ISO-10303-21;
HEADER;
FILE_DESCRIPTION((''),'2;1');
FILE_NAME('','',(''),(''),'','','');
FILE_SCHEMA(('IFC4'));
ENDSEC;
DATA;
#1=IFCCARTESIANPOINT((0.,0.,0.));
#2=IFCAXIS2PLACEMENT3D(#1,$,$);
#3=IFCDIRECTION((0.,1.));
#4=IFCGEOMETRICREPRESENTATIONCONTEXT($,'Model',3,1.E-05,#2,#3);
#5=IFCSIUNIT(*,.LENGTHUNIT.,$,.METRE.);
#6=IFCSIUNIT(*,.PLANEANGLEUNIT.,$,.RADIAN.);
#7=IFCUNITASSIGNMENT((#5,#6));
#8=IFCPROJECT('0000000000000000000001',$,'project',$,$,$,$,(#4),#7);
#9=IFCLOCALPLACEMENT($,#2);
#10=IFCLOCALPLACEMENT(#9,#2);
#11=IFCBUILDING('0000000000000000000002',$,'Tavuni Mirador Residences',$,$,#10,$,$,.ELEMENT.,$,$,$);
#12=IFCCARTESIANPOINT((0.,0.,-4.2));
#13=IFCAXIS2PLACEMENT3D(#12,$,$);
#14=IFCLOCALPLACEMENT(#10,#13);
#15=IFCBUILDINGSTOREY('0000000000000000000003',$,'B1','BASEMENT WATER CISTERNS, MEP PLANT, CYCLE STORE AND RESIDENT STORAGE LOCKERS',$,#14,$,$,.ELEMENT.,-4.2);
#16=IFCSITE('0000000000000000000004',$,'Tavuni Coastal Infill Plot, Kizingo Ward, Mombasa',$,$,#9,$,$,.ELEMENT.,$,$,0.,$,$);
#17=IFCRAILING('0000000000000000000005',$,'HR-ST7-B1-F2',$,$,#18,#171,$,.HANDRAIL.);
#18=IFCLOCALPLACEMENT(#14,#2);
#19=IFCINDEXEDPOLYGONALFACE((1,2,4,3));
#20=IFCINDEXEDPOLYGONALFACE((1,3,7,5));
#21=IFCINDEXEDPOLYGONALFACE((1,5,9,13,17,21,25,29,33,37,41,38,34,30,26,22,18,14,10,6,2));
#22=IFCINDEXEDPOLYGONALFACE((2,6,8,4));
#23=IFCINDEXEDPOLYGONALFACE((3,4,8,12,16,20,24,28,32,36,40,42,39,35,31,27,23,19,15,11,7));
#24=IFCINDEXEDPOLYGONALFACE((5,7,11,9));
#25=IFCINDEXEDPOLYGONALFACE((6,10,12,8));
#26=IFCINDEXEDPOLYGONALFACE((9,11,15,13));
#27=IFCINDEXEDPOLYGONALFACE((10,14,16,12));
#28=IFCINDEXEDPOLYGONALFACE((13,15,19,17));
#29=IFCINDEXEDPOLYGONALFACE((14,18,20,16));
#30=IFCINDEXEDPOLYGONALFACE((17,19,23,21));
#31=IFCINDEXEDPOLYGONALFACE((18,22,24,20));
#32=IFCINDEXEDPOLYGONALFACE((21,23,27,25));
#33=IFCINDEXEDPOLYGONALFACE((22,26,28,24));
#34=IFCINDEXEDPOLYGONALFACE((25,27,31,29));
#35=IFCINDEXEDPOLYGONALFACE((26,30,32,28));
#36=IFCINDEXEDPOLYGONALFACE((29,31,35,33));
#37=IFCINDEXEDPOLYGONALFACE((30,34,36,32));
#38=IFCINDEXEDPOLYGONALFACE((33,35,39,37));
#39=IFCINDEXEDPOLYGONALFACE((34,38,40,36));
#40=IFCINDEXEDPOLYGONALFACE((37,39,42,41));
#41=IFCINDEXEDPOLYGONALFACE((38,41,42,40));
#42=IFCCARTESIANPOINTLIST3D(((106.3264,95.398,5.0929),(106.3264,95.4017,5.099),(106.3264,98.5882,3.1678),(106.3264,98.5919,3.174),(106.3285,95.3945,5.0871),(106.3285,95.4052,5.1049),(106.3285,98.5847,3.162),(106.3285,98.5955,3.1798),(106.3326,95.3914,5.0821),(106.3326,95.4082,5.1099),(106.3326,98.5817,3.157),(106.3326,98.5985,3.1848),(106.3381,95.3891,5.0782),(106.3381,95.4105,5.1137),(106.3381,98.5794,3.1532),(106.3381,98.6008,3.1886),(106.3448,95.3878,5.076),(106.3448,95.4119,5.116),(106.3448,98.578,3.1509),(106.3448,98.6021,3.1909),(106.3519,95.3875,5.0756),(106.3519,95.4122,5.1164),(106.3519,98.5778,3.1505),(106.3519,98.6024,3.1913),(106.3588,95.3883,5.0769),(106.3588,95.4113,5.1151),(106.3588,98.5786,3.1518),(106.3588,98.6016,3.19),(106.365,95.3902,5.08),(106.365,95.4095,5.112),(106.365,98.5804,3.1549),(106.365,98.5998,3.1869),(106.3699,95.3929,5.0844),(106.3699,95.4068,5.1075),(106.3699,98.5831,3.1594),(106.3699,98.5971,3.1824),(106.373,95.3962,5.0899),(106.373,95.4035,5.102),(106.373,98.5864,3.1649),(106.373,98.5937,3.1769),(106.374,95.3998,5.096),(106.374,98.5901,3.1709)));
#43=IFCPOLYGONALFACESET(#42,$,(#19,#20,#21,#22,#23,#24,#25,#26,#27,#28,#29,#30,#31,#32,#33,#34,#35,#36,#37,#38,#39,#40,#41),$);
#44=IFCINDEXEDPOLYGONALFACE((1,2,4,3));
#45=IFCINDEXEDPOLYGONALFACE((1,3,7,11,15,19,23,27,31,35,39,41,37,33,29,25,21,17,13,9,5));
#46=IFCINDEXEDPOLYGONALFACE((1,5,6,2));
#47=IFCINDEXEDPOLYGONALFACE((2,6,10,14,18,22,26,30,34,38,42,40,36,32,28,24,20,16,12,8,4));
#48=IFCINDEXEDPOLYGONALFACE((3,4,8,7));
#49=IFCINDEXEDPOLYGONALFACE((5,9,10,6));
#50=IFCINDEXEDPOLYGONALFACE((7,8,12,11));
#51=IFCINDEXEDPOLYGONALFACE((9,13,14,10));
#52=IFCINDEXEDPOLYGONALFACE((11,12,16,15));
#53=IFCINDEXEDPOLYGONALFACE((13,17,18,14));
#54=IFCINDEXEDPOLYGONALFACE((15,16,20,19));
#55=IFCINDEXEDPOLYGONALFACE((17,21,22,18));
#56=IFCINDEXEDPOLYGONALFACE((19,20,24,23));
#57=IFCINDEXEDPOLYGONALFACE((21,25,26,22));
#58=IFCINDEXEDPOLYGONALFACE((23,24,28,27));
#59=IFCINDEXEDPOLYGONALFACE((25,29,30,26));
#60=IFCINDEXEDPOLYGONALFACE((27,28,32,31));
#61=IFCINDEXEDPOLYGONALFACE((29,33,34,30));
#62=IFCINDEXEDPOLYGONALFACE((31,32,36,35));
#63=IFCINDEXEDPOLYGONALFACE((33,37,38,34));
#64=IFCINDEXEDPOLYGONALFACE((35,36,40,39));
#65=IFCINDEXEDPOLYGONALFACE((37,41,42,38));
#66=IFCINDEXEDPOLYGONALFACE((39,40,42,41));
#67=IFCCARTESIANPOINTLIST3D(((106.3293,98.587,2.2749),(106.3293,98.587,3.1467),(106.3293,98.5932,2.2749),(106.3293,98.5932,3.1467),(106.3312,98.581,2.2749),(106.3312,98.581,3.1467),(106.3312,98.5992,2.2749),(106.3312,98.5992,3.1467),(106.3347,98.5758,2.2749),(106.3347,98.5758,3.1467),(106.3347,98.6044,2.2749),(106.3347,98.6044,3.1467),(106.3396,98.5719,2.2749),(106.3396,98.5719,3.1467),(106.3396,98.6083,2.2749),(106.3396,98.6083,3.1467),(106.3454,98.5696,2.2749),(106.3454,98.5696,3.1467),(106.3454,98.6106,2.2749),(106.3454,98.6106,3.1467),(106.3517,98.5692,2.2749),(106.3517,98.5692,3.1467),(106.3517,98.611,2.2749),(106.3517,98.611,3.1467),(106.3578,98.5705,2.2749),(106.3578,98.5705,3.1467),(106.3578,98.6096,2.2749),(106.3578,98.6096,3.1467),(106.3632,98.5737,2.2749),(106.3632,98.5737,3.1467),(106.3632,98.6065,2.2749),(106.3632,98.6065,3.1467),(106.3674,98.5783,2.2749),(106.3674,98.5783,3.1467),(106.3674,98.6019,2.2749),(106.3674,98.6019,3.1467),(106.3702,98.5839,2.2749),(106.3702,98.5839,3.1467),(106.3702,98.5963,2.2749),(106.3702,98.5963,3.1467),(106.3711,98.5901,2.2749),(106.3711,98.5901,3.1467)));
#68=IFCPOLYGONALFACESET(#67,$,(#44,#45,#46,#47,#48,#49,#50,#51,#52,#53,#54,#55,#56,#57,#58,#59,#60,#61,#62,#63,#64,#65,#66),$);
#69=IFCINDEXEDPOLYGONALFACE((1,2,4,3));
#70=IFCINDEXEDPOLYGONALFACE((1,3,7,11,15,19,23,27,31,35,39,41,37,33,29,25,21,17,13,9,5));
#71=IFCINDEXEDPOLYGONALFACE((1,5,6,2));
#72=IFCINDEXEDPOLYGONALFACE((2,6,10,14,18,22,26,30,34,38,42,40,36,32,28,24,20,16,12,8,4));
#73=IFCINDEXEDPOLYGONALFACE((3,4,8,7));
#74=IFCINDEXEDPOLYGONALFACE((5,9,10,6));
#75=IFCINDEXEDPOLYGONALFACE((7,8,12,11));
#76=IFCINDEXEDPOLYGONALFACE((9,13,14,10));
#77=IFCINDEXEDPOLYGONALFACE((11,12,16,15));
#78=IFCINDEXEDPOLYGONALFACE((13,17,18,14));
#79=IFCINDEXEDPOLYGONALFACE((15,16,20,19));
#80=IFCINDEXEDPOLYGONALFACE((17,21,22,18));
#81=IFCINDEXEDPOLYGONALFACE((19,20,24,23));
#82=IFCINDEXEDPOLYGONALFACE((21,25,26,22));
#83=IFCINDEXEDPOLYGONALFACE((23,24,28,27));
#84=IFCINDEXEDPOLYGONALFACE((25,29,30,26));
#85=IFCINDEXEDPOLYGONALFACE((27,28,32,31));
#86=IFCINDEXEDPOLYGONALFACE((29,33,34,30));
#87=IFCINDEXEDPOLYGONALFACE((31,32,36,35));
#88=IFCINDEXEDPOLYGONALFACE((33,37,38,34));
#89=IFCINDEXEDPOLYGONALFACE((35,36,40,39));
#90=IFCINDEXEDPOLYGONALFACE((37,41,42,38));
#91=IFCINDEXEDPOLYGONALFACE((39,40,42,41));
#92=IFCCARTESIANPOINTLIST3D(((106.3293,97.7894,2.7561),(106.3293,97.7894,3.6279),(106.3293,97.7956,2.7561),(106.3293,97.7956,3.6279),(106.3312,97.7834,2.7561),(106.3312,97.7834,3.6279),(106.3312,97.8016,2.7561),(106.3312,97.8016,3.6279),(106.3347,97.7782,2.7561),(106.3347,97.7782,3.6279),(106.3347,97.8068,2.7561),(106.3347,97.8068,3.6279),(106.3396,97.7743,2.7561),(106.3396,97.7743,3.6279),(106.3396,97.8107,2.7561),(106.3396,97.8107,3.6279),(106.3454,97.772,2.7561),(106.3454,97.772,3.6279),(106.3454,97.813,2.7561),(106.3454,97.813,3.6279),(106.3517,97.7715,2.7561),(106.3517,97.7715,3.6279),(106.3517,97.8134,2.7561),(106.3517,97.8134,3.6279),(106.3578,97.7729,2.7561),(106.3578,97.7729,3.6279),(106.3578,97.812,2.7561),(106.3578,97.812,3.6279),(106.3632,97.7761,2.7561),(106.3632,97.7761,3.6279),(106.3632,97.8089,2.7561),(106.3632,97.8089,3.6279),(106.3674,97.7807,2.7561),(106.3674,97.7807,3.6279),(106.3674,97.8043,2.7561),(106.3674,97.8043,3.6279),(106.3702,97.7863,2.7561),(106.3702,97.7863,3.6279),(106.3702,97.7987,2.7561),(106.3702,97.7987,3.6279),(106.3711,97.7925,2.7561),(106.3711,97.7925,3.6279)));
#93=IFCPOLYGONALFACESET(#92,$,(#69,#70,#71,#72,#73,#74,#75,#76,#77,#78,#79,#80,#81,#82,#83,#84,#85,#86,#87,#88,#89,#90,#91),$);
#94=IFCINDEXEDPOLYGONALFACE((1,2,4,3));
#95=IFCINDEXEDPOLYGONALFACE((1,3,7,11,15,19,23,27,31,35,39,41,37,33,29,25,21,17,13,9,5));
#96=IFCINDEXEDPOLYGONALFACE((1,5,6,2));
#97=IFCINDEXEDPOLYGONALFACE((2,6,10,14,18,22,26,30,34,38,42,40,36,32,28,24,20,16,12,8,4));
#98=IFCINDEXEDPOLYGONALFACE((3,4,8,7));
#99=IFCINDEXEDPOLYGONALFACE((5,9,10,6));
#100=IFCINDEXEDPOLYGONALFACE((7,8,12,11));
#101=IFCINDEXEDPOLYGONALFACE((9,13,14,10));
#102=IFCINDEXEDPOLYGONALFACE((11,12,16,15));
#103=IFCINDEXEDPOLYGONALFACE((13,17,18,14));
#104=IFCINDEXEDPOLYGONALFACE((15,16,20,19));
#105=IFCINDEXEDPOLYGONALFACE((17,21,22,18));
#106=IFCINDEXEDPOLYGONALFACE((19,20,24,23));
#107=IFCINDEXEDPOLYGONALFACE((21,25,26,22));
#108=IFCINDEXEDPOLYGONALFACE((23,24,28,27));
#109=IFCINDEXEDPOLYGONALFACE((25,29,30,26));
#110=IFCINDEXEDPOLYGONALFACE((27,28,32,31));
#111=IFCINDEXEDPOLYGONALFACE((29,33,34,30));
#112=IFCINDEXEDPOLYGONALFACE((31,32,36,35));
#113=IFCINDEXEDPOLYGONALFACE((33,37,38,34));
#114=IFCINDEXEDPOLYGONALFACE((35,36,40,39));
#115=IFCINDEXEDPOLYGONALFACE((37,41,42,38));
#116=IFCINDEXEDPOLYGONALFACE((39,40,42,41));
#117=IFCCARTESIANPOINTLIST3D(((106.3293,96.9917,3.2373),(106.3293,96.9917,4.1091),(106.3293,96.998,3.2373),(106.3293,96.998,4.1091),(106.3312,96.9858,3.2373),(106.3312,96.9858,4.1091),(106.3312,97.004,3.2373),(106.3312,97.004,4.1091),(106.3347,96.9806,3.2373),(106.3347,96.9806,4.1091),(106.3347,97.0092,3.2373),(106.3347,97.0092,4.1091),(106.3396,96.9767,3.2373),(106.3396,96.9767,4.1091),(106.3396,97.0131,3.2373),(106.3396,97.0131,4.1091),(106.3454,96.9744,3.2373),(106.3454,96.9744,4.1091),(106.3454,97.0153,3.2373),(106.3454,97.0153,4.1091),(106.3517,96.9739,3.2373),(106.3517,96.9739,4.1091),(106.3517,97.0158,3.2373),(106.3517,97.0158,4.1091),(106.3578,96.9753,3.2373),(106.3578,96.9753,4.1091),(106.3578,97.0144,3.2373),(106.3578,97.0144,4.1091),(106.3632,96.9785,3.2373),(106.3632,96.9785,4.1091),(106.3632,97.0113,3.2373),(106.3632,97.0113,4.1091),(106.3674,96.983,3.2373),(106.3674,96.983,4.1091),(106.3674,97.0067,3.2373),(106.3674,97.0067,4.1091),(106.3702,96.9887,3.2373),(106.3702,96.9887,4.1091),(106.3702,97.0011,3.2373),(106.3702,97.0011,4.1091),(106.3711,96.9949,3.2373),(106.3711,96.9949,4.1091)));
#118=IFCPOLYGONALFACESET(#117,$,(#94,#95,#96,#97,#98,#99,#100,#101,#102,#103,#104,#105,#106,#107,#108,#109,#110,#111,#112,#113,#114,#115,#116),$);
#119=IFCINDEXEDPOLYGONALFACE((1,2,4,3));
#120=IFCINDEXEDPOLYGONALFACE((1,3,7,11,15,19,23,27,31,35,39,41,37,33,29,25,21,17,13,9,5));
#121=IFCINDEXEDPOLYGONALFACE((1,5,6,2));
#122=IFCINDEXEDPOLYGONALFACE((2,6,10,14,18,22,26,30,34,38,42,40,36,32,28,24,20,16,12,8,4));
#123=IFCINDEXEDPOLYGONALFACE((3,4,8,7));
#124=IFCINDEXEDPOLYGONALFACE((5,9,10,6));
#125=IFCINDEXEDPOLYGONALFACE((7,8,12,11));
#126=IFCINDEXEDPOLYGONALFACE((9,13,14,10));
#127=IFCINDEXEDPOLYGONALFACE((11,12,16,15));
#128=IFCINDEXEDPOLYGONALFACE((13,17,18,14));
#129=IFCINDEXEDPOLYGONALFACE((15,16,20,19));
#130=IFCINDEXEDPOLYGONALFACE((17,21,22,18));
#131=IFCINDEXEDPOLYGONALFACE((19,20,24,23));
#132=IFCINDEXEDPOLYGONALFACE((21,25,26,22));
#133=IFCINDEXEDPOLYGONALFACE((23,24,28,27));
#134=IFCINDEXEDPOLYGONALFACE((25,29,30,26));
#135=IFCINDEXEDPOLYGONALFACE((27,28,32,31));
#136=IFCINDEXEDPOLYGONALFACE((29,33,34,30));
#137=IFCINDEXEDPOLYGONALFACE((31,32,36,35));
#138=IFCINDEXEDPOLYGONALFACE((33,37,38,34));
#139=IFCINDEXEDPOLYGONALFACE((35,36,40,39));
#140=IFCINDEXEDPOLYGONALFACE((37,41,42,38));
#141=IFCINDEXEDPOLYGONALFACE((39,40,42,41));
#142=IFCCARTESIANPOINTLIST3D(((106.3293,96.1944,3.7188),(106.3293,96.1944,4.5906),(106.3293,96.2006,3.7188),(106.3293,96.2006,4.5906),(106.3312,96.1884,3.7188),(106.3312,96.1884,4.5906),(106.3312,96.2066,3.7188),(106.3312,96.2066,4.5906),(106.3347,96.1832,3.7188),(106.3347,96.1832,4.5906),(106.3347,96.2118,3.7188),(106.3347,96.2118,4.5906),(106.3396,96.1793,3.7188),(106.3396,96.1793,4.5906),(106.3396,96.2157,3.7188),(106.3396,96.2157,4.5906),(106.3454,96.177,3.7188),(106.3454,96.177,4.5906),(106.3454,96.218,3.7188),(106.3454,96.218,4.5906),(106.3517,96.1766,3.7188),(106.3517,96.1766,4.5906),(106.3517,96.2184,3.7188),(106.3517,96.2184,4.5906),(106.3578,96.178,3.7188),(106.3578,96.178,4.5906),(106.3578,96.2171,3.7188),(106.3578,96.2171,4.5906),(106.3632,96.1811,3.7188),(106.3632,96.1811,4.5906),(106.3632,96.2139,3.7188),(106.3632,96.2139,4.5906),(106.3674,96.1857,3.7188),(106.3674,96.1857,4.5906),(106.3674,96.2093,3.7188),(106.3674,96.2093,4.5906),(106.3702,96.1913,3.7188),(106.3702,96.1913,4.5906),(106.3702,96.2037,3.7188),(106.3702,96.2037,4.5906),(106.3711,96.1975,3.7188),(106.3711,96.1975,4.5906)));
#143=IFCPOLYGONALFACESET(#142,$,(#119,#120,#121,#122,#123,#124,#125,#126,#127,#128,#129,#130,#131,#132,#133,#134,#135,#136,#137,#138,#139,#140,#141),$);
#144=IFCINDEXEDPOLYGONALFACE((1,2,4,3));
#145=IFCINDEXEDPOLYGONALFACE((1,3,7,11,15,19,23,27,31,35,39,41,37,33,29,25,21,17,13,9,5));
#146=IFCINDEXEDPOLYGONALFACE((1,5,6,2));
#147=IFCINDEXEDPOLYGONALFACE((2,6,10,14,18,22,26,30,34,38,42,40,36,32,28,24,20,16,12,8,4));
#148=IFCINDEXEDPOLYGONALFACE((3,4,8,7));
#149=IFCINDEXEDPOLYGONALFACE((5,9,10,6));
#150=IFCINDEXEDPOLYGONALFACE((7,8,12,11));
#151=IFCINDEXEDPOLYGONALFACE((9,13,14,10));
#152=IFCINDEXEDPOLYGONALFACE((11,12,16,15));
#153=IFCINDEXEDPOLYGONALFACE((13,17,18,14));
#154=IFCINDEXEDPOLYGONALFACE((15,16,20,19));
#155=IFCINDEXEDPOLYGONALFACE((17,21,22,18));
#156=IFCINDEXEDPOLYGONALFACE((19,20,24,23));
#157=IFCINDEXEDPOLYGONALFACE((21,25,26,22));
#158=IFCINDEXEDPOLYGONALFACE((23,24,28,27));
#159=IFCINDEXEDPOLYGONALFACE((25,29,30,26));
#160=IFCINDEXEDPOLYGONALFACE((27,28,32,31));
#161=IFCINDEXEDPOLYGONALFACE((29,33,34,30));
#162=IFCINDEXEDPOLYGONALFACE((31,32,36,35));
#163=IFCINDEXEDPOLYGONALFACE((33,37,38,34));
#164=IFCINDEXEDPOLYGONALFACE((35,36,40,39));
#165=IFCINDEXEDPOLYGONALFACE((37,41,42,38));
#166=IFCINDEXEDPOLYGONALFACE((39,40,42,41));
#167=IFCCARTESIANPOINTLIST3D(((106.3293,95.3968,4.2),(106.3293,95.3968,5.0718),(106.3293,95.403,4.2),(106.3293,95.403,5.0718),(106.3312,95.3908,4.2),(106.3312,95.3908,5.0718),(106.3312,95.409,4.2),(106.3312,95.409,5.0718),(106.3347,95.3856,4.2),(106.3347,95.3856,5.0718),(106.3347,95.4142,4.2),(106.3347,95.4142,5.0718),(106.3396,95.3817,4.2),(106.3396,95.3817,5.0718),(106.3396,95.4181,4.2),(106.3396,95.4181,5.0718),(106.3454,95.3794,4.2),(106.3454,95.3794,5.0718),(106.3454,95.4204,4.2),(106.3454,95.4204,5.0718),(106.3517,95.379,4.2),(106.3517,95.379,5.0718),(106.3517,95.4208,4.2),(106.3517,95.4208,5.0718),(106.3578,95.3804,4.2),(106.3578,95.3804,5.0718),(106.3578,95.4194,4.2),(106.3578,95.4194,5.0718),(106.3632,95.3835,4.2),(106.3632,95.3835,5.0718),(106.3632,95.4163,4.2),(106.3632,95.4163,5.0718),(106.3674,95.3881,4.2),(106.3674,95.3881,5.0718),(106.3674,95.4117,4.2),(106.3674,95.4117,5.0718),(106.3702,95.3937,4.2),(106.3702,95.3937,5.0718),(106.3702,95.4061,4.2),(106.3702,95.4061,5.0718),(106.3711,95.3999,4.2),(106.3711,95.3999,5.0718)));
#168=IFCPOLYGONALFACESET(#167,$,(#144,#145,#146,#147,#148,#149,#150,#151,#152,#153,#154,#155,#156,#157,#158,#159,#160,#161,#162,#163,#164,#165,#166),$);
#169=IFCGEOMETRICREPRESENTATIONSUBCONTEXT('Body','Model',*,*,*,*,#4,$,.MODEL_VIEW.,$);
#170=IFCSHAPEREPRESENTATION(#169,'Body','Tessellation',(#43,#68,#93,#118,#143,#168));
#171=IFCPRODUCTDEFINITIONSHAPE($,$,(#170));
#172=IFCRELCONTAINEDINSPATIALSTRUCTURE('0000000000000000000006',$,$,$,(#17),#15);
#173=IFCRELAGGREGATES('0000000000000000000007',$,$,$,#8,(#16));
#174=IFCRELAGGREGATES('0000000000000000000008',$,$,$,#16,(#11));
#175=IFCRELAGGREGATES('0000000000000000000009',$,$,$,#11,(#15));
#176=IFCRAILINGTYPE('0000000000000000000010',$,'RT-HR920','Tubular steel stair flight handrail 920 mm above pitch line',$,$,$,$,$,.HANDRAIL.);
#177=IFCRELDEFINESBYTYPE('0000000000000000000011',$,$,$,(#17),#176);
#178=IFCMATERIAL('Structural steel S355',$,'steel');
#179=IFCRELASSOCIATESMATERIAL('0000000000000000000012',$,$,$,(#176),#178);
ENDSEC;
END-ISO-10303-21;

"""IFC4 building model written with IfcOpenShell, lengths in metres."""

from ifc_helpers import new_model, si_unit, direction, frame, origin, origin_2d, place, context, subcontext, project, spatial, circle, extrude, material, type_object, element, save


model = new_model("IFC4")

# Units and contexts
model_context = context("Model", 3, precision=1e-05, world=origin(), true_north=direction((0.0, 1.0)))
body_context = subcontext(model_context, "Body", "Model", "MODEL_VIEW")
ifc_project = project(units=[si_unit("LENGTHUNIT", "METRE"), si_unit("PLANEANGLEUNIT", "RADIAN")], contexts=[model_context])

# Site, building, storey
site_placement = place(None, origin())
site = spatial("IfcSite", under=ifc_project, at=site_placement, Name="Tavuni Coastal Infill Plot, Kizingo Ward, Mombasa", CompositionType="ELEMENT", RefElevation=0.0)
building_placement = place(site_placement, origin())
building = spatial("IfcBuilding", under=site, at=building_placement, Name="Tavuni Mirador Residences", CompositionType="ELEMENT")
storey_placement = place(building_placement, frame((0.0, 0.0, -4.2)))
storey = spatial("IfcBuildingStorey", under=building, at=storey_placement, Name="B1", Description="BASEMENT WATER CISTERNS, MEP PLANT, CYCLE STORE AND RESIDENT STORAGE LOCKERS", CompositionType="ELEMENT", Elevation=-4.2)

# Shared definitions
ifc_material_1 = material(Name="Structural steel S355", Category="steel")

# Railing
railing_type_1 = type_object("IfcRailingType", Name="RT-HR920", Description="Tubular steel stair flight handrail 920 mm above pitch line", PredefinedType="HANDRAIL", material=ifc_material_1)
railing_1_placement = place(storey_placement, frame((106.3501, 98.5901, 2.2749)))
element("IfcRailing", 1, at=railing_1_placement, inside=storey, type_object=railing_type_1, Name="HR-ST7-B1-F2", PredefinedType="HANDRAIL", context=body_context, shape_type="SweptSolid", body=[
    extrude(circle(Radius=0.0239, at=origin_2d()), frame((0.0, 0.0, 0.896), z_axis=(0.0, -0.856195, 0.516653), x_axis=(1.0, 0.0, 0.0)), (0.0, 0.0, 1.0), 3.7261),
    extrude(circle(Radius=0.021, at=origin_2d()), origin(), (0.0, 0.0, 1.0), 0.8718),
    extrude(circle(Radius=0.021, at=origin_2d()), frame((0.0, -0.7976, 0.4812)), (0.0, 0.0, 1.0), 0.8718),
    extrude(circle(Radius=0.021, at=origin_2d()), frame((0.0, -1.5952, 0.9624)), (0.0, 0.0, 1.0), 0.8718),
    extrude(circle(Radius=0.021, at=origin_2d()), frame((0.0, -2.3926, 1.4438)), (0.0, 0.0, 1.0), 0.8718),
    extrude(circle(Radius=0.021, at=origin_2d()), frame((0.0, -3.1902, 1.925)), (0.0, 0.0, 1.0), 0.8718),
])

save(model, "model.ifc")
